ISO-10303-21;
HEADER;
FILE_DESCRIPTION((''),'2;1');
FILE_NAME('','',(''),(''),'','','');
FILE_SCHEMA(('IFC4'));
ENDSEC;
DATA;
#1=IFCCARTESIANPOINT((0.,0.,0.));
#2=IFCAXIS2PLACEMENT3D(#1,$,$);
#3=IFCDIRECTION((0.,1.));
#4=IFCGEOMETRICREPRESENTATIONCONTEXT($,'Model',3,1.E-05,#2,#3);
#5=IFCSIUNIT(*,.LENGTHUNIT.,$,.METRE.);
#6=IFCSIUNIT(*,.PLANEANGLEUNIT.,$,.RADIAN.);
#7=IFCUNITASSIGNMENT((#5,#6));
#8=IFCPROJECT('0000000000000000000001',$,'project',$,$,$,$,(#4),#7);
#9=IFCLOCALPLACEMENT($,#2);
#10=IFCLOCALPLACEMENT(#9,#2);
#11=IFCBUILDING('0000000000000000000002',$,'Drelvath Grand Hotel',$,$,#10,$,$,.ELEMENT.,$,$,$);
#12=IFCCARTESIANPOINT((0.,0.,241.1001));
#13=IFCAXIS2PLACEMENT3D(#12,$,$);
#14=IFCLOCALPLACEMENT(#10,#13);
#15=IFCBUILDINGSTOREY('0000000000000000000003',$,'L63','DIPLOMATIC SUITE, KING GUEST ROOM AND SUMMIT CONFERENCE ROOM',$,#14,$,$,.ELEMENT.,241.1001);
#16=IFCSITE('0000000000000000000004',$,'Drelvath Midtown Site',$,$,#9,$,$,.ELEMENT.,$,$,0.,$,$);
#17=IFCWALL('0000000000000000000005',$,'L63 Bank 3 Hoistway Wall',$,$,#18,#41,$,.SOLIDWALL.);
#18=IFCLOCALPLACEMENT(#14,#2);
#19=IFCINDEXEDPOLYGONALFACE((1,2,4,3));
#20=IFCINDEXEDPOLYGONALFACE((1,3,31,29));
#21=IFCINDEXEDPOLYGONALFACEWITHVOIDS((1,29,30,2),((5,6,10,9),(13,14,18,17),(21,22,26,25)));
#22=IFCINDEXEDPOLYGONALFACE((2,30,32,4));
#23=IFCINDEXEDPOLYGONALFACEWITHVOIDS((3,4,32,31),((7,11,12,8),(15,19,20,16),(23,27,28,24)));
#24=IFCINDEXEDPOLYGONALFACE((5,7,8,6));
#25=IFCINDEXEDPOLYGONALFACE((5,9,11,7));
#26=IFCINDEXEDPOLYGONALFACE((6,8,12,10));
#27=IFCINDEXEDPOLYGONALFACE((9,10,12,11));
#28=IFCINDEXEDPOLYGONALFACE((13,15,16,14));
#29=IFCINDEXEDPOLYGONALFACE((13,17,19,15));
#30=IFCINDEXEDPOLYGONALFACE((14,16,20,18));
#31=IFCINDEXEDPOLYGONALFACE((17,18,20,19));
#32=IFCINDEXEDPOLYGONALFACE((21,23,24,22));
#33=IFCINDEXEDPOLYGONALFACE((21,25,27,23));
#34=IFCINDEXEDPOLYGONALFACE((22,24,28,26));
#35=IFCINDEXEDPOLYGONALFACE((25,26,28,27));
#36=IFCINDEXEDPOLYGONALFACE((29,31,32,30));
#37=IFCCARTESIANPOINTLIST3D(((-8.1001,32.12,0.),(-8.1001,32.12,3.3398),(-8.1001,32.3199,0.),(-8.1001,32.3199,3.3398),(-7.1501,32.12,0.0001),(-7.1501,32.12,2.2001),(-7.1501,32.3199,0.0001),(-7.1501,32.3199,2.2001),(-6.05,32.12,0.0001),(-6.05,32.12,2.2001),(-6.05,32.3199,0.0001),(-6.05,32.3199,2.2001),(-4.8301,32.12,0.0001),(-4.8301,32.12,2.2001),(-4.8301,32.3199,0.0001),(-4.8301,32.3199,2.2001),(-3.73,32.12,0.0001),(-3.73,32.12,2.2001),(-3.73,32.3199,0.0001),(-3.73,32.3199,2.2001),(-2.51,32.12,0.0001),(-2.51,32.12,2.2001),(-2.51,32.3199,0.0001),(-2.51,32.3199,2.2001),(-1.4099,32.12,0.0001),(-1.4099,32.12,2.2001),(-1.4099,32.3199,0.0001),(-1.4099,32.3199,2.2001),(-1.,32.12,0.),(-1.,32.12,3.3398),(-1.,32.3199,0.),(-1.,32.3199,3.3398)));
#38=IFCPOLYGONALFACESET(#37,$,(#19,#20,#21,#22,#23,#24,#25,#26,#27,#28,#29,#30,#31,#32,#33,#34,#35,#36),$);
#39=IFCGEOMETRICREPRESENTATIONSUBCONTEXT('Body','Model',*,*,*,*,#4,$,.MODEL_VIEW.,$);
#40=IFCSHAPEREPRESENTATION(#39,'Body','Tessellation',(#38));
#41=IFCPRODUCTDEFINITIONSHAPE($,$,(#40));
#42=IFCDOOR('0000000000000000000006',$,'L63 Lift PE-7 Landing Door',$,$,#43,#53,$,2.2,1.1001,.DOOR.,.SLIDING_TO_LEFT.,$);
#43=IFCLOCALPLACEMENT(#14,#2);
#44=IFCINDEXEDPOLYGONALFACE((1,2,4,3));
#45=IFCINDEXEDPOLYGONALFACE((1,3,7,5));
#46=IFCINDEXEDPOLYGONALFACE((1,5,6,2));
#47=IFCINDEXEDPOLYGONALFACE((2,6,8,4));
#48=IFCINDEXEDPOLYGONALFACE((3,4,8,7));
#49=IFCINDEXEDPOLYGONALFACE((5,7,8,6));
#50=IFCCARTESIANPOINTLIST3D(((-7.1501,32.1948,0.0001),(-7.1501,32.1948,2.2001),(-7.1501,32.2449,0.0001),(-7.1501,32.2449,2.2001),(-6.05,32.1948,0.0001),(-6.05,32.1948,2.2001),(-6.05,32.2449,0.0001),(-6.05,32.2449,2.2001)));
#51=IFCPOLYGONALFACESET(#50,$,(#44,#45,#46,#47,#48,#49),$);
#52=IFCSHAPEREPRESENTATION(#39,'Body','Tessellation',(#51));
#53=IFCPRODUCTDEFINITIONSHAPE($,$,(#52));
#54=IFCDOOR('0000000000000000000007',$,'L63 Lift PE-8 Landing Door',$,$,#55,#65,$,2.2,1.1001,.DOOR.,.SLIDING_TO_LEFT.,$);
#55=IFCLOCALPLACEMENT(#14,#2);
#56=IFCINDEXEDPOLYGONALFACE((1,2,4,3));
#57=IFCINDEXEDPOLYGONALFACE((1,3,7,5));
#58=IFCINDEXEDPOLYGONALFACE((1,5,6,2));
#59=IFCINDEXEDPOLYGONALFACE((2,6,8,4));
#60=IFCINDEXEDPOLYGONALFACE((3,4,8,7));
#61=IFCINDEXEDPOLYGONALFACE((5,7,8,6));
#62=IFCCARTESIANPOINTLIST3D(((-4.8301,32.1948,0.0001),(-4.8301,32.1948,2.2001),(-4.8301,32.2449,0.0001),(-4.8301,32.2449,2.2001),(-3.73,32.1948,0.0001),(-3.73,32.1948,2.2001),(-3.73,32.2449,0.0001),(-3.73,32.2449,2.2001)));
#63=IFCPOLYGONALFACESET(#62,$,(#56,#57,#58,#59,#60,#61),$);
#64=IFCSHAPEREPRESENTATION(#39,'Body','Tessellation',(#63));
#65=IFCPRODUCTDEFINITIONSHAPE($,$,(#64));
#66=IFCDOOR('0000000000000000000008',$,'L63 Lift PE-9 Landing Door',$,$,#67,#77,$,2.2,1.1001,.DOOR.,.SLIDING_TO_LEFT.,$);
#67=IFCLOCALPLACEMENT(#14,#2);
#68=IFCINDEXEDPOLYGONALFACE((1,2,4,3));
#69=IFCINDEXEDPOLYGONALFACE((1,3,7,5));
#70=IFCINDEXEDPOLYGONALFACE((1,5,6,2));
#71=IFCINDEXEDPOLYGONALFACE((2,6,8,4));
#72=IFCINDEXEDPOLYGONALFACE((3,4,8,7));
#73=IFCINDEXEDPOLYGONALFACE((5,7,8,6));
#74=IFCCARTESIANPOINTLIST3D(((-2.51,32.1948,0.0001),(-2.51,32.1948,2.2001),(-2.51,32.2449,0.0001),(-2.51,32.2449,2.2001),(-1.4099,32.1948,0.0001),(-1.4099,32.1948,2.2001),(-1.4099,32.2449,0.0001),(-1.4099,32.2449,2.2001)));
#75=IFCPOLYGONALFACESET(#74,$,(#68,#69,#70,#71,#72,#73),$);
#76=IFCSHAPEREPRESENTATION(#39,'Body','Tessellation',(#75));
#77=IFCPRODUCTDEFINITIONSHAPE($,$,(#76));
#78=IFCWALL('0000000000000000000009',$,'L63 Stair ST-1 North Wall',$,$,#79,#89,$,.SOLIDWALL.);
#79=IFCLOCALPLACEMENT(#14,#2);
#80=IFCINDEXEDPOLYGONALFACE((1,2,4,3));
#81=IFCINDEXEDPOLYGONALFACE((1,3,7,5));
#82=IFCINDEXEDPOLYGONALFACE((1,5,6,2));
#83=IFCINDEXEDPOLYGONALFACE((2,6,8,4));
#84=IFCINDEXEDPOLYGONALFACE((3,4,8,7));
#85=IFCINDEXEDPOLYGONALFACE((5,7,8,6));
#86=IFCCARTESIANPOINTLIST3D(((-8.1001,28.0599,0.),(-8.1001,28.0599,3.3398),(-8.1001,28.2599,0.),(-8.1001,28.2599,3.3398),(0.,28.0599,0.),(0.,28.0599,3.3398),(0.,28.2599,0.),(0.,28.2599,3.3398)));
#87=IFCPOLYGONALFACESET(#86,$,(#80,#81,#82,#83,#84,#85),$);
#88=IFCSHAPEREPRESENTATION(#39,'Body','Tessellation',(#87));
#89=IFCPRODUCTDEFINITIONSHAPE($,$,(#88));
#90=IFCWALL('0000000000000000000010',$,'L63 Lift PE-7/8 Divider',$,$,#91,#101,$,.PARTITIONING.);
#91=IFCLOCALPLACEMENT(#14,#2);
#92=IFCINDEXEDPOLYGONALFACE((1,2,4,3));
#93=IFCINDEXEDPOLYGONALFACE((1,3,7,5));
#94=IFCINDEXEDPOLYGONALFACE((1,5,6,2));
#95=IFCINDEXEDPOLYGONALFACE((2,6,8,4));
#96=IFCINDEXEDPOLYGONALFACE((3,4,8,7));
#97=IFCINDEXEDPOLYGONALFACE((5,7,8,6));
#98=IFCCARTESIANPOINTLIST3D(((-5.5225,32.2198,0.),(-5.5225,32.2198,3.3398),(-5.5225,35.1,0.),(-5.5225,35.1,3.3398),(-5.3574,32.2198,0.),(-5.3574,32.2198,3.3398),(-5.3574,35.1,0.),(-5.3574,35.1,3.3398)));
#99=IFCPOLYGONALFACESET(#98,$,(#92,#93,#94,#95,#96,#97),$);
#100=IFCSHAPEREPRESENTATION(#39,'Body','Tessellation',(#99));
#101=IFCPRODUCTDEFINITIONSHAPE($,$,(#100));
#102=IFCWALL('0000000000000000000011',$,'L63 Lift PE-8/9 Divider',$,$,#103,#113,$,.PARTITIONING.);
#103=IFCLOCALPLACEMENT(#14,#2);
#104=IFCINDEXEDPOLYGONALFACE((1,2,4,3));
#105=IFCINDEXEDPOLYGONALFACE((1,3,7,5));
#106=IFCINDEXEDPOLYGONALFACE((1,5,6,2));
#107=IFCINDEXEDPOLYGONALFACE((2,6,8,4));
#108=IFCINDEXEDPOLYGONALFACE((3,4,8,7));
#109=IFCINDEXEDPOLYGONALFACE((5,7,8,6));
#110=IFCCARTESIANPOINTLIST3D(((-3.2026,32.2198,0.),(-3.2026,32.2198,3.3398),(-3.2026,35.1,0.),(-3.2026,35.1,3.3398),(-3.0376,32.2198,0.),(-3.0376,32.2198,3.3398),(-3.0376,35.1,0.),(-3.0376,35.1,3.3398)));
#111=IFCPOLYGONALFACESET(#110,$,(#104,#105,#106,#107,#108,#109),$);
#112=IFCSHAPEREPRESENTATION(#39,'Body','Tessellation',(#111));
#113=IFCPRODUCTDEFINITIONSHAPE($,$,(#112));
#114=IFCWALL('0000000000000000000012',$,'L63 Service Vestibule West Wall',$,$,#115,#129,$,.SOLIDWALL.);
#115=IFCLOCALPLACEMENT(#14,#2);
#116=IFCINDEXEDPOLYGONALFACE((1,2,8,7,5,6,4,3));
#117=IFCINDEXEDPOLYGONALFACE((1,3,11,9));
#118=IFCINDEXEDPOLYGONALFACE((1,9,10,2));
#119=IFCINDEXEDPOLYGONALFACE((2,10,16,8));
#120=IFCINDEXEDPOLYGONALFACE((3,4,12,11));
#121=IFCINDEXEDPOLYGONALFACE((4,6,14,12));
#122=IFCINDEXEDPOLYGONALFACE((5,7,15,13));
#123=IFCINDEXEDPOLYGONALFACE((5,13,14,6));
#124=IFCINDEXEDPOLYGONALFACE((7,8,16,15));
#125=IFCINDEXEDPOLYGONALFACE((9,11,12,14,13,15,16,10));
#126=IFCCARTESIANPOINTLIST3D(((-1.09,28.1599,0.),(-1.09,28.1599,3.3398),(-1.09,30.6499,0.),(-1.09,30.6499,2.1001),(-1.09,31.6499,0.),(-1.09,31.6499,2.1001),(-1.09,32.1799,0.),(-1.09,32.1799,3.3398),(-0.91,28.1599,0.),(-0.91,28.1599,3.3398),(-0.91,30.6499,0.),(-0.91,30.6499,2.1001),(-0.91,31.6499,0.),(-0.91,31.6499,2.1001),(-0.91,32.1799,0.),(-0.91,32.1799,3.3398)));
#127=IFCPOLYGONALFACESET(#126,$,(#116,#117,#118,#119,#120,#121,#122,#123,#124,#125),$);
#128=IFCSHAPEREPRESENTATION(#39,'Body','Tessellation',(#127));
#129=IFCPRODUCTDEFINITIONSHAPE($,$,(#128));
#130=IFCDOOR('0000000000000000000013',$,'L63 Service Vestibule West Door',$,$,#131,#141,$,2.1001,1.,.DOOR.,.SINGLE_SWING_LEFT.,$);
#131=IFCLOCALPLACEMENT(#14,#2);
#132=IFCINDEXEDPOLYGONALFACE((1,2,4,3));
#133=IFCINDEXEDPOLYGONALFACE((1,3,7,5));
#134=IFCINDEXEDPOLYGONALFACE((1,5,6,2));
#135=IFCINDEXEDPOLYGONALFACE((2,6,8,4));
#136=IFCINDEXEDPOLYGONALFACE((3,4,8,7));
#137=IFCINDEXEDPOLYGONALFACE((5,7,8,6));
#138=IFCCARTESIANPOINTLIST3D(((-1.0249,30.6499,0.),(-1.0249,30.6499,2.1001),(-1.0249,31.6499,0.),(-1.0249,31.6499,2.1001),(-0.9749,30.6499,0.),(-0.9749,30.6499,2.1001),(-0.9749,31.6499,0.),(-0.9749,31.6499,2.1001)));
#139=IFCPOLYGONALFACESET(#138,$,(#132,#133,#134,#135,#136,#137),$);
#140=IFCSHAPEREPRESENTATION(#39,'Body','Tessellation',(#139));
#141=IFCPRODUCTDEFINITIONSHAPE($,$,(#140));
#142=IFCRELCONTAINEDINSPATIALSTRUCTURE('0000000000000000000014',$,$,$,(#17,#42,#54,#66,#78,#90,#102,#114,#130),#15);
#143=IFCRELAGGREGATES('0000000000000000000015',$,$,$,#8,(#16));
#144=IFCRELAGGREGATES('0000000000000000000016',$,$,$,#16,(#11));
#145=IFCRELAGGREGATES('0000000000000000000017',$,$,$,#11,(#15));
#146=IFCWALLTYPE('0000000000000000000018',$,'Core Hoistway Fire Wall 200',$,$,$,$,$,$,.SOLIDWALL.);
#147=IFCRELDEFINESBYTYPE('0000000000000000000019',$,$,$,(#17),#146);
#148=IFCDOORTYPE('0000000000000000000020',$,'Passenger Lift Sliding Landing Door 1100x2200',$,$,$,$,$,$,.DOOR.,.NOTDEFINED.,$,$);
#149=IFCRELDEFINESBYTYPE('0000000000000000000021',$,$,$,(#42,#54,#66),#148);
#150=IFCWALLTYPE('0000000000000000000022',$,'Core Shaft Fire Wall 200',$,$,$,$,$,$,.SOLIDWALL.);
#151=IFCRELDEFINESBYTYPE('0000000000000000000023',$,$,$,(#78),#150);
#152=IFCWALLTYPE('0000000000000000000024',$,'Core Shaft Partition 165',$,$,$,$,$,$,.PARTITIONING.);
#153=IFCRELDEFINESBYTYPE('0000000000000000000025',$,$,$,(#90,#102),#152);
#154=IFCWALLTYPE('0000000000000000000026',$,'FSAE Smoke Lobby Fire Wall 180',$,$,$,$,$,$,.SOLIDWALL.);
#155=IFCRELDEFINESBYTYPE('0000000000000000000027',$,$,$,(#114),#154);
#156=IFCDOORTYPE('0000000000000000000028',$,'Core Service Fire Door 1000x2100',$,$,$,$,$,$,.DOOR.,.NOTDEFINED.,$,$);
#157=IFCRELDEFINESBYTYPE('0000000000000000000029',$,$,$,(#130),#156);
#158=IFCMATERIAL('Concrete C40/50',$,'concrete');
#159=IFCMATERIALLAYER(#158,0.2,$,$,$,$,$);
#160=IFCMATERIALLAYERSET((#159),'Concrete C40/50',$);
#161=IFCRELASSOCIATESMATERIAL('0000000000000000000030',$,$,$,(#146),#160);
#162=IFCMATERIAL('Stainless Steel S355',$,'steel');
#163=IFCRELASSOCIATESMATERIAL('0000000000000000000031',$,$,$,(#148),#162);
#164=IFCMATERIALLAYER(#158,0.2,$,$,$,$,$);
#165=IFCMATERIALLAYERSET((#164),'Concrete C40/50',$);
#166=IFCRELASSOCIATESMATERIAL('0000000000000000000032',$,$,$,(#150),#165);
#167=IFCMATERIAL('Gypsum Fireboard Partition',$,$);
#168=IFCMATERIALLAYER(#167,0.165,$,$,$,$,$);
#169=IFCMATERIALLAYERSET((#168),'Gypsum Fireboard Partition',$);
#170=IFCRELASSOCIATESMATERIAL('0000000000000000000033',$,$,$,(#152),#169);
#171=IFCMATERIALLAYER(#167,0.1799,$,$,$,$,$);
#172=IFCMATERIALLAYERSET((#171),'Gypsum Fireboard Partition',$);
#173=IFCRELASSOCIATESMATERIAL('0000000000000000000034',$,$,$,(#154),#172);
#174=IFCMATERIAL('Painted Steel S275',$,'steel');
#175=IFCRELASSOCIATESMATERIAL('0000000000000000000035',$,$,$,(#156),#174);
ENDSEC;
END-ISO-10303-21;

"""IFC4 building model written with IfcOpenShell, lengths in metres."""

from ifc_helpers import new_model, si_unit, direction, frame, frame_2d, origin, place, context, subcontext, project, spatial, rectangle, extrude, material, layer, layer_set, type_object, element, fill, save


model = new_model("IFC4")

# Units and contexts
model_context = context("Model", 3, precision=1e-05, world=origin(), true_north=direction((0.0, 1.0)))
body_context = subcontext(model_context, "Body", "Model", "MODEL_VIEW")
ifc_project = project(units=[si_unit("LENGTHUNIT", "METRE"), si_unit("PLANEANGLEUNIT", "RADIAN")], contexts=[model_context])

# Site, building, storey
site_placement = place(None, origin())
site = spatial("IfcSite", under=ifc_project, at=site_placement, Name="Drelvath Midtown Site", CompositionType="ELEMENT", RefElevation=0.0)
building_placement = place(site_placement, origin())
building = spatial("IfcBuilding", under=site, at=building_placement, Name="Drelvath Grand Hotel", CompositionType="ELEMENT")
storey_placement = place(building_placement, frame((0.0, 0.0, 241.1001)))
storey = spatial("IfcBuildingStorey", under=building, at=storey_placement, Name="L63", Description="DIPLOMATIC SUITE, KING GUEST ROOM AND SUMMIT CONFERENCE ROOM", CompositionType="ELEMENT", Elevation=241.1001)

# Shared definitions
ifc_material_1 = material(Name="Painted Steel S275", Category="steel")

# Shared definitions
ifc_material_2 = material(Name="Concrete C40/50", Category="concrete")
ifc_layer_1 = layer(ifc_material_2, 0.2)
ifc_layer_set_1 = layer_set([ifc_layer_1], Name="Concrete C40/50")
wall_type_1 = type_object("IfcWallType", Name="Core Hoistway Fire Wall 200", PredefinedType="SOLIDWALL", material=ifc_layer_set_1)
ifc_material_3 = material(Name="Stainless Steel S355", Category="steel")

# Wall, openings, doors
wall_1_placement = place(storey_placement, frame((-8.1001, 32.22, 0.0), z_axis=(0.0, 0.0, 1.0), x_axis=(1.0, 0.0, 0.0)))
wall_1 = element("IfcWall", 1, at=wall_1_placement, inside=storey, type_object=wall_type_1, Name="L63 Bank 3 Hoistway Wall", PredefinedType="SOLIDWALL", context=body_context, shape_type="SweptSolid", body=[
    extrude(rectangle(XDim=7.1001, YDim=0.2, at=frame_2d((3.55, 0.0))), origin(), (0.0, 0.0, 1.0), 3.3398),
])
opening_1_placement = place(wall_1_placement, frame((0.95, 0.0, 0.0)))
opening_1 = element("IfcOpeningElement", 2, at=opening_1_placement, cuts=wall_1, PredefinedType="OPENING", context=body_context, shape_type="SweptSolid", body=[
    extrude(rectangle(XDim=1.1001, YDim=2.2, at=frame_2d((0.55, 1.1001))), frame((0.0, 0.1099, 0.0), z_axis=(0.0, -1.0, 0.0), x_axis=(1.0, 0.0, 0.0)), (0.0, 0.0, 1.0), 0.22),
])
opening_2_placement = place(wall_1_placement, frame((3.27, 0.0, 0.0)))
opening_2 = element("IfcOpeningElement", 3, at=opening_2_placement, cuts=wall_1, PredefinedType="OPENING", context=body_context, shape_type="SweptSolid", body=[
    extrude(rectangle(XDim=1.1001, YDim=2.2, at=frame_2d((0.55, 1.1001))), frame((0.0, 0.1099, 0.0), z_axis=(0.0, -1.0, 0.0), x_axis=(1.0, 0.0, 0.0)), (0.0, 0.0, 1.0), 0.22),
])
opening_3_placement = place(wall_1_placement, frame((5.5901, 0.0, 0.0)))
opening_3 = element("IfcOpeningElement", 4, at=opening_3_placement, cuts=wall_1, PredefinedType="OPENING", context=body_context, shape_type="SweptSolid", body=[
    extrude(rectangle(XDim=1.1001, YDim=2.2, at=frame_2d((0.55, 1.1001))), frame((0.0, 0.1099, 0.0), z_axis=(0.0, -1.0, 0.0), x_axis=(1.0, 0.0, 0.0)), (0.0, 0.0, 1.0), 0.22),
])
door_type_1 = type_object("IfcDoorType", Name="Passenger Lift Sliding Landing Door 1100x2200", OperationType="NOTDEFINED", PredefinedType="DOOR", material=ifc_material_3)
door_1_placement = place(opening_1_placement, origin())
door_1 = element("IfcDoor", 5, at=door_1_placement, inside=storey, type_object=door_type_1, Name="L63 Lift PE-7 Landing Door", OperationType="SLIDING_TO_LEFT", OverallHeight=2.2, OverallWidth=1.1001, PredefinedType="DOOR", context=body_context, shape_type="SweptSolid", body=[
    extrude(rectangle(XDim=1.1001, YDim=2.2, at=frame_2d((0.55, 1.1001))), frame((0.0, 0.0249, 0.0), z_axis=(0.0, -1.0, 0.0), x_axis=(1.0, 0.0, 0.0)), (0.0, 0.0, 1.0), 0.05),
])
fill(opening_1, door_1)
door_2_placement = place(opening_2_placement, origin())
door_2 = element("IfcDoor", 6, at=door_2_placement, inside=storey, type_object=door_type_1, Name="L63 Lift PE-8 Landing Door", OperationType="SLIDING_TO_LEFT", OverallHeight=2.2, OverallWidth=1.1001, PredefinedType="DOOR", context=body_context, shape_type="SweptSolid", body=[
    extrude(rectangle(XDim=1.1001, YDim=2.2, at=frame_2d((0.55, 1.1001))), frame((0.0, 0.0249, 0.0), z_axis=(0.0, -1.0, 0.0), x_axis=(1.0, 0.0, 0.0)), (0.0, 0.0, 1.0), 0.05),
])
fill(opening_2, door_2)
door_3_placement = place(opening_3_placement, origin())
door_3 = element("IfcDoor", 7, at=door_3_placement, inside=storey, type_object=door_type_1, Name="L63 Lift PE-9 Landing Door", OperationType="SLIDING_TO_LEFT", OverallHeight=2.2, OverallWidth=1.1001, PredefinedType="DOOR", context=body_context, shape_type="SweptSolid", body=[
    extrude(rectangle(XDim=1.1001, YDim=2.2, at=frame_2d((0.55, 1.1001))), frame((0.0, 0.0249, 0.0), z_axis=(0.0, -1.0, 0.0), x_axis=(1.0, 0.0, 0.0)), (0.0, 0.0, 1.0), 0.05),
])
fill(opening_3, door_3)

# Walls
ifc_layer_2 = layer(ifc_material_2, 0.2)
ifc_layer_set_2 = layer_set([ifc_layer_2], Name="Concrete C40/50")
wall_type_2 = type_object("IfcWallType", Name="Core Shaft Fire Wall 200", PredefinedType="SOLIDWALL", material=ifc_layer_set_2)
wall_2_placement = place(storey_placement, frame((-8.1001, 28.1599, 0.0), z_axis=(0.0, 0.0, 1.0), x_axis=(1.0, 0.0, 0.0)))
element("IfcWall", 8, at=wall_2_placement, inside=storey, type_object=wall_type_2, Name="L63 Stair ST-1 North Wall", PredefinedType="SOLIDWALL", context=body_context, shape_type="SweptSolid", body=[
    extrude(rectangle(XDim=8.1001, YDim=0.2, at=frame_2d((4.05, 0.0))), origin(), (0.0, 0.0, 1.0), 3.3398),
])
ifc_material_4 = material(Name="Gypsum Fireboard Partition")
ifc_layer_3 = layer(ifc_material_4, 0.165)
ifc_layer_set_3 = layer_set([ifc_layer_3], Name="Gypsum Fireboard Partition")
wall_type_3 = type_object("IfcWallType", Name="Core Shaft Partition 165", PredefinedType="PARTITIONING", material=ifc_layer_set_3)
for number, where, z_axis, x_axis, name in (
    (9, (-5.4399, 32.22, 0.0), (0.0, 0.0, 1.0), (0.0, 1.0, 0.0), "L63 Lift PE-7/8 Divider"),
    (10, (-3.1201, 32.22, 0.0), (0.0, 0.0, 1.0), (0.0, 1.0, 0.0), "L63 Lift PE-8/9 Divider"),
):
    element("IfcWall", number, at=place(storey_placement, frame(where, z_axis=z_axis, x_axis=x_axis)), inside=storey, type_object=wall_type_3, Name=name, PredefinedType="PARTITIONING", context=body_context, shape_type="SweptSolid", body=[
        extrude(rectangle(XDim=2.8801, YDim=0.165, at=frame_2d((1.4399, 0.0))), origin(), (0.0, 0.0, 1.0), 3.3398),
    ])

# Wall, opening, door
ifc_layer_4 = layer(ifc_material_4, 0.1799)
ifc_layer_set_4 = layer_set([ifc_layer_4], Name="Gypsum Fireboard Partition")
wall_type_4 = type_object("IfcWallType", Name="FSAE Smoke Lobby Fire Wall 180", PredefinedType="SOLIDWALL", material=ifc_layer_set_4)
wall_3_placement = place(storey_placement, frame((-1.0, 28.1599, 0.0), z_axis=(0.0, 0.0, 1.0), x_axis=(0.0, 1.0, 0.0)))
wall_3 = element("IfcWall", 11, at=wall_3_placement, inside=storey, type_object=wall_type_4, Name="L63 Service Vestibule West Wall", PredefinedType="SOLIDWALL", context=body_context, shape_type="SweptSolid", body=[
    extrude(rectangle(XDim=4.02, YDim=0.1799, at=frame_2d((2.01, 0.0))), origin(), (0.0, 0.0, 1.0), 3.3398),
])
opening_4_placement = place(wall_3_placement, frame((2.49, 0.0, 0.0)))
opening_4 = element("IfcOpeningElement", 12, at=opening_4_placement, cuts=wall_3, PredefinedType="OPENING", context=body_context, shape_type="SweptSolid", body=[
    extrude(rectangle(XDim=1.0, YDim=2.1001, at=frame_2d((0.5, 1.05))), frame((0.0, 0.0999, 0.0), z_axis=(0.0, -1.0, 0.0), x_axis=(1.0, 0.0, 0.0)), (0.0, 0.0, 1.0), 0.2),
])
door_type_2 = type_object("IfcDoorType", Name="Core Service Fire Door 1000x2100", OperationType="NOTDEFINED", PredefinedType="DOOR", material=ifc_material_1)
door_4_placement = place(opening_4_placement, origin())
door_4 = element("IfcDoor", 13, at=door_4_placement, inside=storey, type_object=door_type_2, Name="L63 Service Vestibule West Door", OperationType="SINGLE_SWING_LEFT", OverallHeight=2.1001, OverallWidth=1.0, PredefinedType="DOOR", context=body_context, shape_type="SweptSolid", body=[
    extrude(rectangle(XDim=1.0, YDim=2.1001, at=frame_2d((0.5, 1.05))), frame((0.0, 0.0249, 0.0), z_axis=(0.0, -1.0, 0.0), x_axis=(1.0, 0.0, 0.0)), (0.0, 0.0, 1.0), 0.05),
])
fill(opening_4, door_4)

save(model, "model.ifc")
